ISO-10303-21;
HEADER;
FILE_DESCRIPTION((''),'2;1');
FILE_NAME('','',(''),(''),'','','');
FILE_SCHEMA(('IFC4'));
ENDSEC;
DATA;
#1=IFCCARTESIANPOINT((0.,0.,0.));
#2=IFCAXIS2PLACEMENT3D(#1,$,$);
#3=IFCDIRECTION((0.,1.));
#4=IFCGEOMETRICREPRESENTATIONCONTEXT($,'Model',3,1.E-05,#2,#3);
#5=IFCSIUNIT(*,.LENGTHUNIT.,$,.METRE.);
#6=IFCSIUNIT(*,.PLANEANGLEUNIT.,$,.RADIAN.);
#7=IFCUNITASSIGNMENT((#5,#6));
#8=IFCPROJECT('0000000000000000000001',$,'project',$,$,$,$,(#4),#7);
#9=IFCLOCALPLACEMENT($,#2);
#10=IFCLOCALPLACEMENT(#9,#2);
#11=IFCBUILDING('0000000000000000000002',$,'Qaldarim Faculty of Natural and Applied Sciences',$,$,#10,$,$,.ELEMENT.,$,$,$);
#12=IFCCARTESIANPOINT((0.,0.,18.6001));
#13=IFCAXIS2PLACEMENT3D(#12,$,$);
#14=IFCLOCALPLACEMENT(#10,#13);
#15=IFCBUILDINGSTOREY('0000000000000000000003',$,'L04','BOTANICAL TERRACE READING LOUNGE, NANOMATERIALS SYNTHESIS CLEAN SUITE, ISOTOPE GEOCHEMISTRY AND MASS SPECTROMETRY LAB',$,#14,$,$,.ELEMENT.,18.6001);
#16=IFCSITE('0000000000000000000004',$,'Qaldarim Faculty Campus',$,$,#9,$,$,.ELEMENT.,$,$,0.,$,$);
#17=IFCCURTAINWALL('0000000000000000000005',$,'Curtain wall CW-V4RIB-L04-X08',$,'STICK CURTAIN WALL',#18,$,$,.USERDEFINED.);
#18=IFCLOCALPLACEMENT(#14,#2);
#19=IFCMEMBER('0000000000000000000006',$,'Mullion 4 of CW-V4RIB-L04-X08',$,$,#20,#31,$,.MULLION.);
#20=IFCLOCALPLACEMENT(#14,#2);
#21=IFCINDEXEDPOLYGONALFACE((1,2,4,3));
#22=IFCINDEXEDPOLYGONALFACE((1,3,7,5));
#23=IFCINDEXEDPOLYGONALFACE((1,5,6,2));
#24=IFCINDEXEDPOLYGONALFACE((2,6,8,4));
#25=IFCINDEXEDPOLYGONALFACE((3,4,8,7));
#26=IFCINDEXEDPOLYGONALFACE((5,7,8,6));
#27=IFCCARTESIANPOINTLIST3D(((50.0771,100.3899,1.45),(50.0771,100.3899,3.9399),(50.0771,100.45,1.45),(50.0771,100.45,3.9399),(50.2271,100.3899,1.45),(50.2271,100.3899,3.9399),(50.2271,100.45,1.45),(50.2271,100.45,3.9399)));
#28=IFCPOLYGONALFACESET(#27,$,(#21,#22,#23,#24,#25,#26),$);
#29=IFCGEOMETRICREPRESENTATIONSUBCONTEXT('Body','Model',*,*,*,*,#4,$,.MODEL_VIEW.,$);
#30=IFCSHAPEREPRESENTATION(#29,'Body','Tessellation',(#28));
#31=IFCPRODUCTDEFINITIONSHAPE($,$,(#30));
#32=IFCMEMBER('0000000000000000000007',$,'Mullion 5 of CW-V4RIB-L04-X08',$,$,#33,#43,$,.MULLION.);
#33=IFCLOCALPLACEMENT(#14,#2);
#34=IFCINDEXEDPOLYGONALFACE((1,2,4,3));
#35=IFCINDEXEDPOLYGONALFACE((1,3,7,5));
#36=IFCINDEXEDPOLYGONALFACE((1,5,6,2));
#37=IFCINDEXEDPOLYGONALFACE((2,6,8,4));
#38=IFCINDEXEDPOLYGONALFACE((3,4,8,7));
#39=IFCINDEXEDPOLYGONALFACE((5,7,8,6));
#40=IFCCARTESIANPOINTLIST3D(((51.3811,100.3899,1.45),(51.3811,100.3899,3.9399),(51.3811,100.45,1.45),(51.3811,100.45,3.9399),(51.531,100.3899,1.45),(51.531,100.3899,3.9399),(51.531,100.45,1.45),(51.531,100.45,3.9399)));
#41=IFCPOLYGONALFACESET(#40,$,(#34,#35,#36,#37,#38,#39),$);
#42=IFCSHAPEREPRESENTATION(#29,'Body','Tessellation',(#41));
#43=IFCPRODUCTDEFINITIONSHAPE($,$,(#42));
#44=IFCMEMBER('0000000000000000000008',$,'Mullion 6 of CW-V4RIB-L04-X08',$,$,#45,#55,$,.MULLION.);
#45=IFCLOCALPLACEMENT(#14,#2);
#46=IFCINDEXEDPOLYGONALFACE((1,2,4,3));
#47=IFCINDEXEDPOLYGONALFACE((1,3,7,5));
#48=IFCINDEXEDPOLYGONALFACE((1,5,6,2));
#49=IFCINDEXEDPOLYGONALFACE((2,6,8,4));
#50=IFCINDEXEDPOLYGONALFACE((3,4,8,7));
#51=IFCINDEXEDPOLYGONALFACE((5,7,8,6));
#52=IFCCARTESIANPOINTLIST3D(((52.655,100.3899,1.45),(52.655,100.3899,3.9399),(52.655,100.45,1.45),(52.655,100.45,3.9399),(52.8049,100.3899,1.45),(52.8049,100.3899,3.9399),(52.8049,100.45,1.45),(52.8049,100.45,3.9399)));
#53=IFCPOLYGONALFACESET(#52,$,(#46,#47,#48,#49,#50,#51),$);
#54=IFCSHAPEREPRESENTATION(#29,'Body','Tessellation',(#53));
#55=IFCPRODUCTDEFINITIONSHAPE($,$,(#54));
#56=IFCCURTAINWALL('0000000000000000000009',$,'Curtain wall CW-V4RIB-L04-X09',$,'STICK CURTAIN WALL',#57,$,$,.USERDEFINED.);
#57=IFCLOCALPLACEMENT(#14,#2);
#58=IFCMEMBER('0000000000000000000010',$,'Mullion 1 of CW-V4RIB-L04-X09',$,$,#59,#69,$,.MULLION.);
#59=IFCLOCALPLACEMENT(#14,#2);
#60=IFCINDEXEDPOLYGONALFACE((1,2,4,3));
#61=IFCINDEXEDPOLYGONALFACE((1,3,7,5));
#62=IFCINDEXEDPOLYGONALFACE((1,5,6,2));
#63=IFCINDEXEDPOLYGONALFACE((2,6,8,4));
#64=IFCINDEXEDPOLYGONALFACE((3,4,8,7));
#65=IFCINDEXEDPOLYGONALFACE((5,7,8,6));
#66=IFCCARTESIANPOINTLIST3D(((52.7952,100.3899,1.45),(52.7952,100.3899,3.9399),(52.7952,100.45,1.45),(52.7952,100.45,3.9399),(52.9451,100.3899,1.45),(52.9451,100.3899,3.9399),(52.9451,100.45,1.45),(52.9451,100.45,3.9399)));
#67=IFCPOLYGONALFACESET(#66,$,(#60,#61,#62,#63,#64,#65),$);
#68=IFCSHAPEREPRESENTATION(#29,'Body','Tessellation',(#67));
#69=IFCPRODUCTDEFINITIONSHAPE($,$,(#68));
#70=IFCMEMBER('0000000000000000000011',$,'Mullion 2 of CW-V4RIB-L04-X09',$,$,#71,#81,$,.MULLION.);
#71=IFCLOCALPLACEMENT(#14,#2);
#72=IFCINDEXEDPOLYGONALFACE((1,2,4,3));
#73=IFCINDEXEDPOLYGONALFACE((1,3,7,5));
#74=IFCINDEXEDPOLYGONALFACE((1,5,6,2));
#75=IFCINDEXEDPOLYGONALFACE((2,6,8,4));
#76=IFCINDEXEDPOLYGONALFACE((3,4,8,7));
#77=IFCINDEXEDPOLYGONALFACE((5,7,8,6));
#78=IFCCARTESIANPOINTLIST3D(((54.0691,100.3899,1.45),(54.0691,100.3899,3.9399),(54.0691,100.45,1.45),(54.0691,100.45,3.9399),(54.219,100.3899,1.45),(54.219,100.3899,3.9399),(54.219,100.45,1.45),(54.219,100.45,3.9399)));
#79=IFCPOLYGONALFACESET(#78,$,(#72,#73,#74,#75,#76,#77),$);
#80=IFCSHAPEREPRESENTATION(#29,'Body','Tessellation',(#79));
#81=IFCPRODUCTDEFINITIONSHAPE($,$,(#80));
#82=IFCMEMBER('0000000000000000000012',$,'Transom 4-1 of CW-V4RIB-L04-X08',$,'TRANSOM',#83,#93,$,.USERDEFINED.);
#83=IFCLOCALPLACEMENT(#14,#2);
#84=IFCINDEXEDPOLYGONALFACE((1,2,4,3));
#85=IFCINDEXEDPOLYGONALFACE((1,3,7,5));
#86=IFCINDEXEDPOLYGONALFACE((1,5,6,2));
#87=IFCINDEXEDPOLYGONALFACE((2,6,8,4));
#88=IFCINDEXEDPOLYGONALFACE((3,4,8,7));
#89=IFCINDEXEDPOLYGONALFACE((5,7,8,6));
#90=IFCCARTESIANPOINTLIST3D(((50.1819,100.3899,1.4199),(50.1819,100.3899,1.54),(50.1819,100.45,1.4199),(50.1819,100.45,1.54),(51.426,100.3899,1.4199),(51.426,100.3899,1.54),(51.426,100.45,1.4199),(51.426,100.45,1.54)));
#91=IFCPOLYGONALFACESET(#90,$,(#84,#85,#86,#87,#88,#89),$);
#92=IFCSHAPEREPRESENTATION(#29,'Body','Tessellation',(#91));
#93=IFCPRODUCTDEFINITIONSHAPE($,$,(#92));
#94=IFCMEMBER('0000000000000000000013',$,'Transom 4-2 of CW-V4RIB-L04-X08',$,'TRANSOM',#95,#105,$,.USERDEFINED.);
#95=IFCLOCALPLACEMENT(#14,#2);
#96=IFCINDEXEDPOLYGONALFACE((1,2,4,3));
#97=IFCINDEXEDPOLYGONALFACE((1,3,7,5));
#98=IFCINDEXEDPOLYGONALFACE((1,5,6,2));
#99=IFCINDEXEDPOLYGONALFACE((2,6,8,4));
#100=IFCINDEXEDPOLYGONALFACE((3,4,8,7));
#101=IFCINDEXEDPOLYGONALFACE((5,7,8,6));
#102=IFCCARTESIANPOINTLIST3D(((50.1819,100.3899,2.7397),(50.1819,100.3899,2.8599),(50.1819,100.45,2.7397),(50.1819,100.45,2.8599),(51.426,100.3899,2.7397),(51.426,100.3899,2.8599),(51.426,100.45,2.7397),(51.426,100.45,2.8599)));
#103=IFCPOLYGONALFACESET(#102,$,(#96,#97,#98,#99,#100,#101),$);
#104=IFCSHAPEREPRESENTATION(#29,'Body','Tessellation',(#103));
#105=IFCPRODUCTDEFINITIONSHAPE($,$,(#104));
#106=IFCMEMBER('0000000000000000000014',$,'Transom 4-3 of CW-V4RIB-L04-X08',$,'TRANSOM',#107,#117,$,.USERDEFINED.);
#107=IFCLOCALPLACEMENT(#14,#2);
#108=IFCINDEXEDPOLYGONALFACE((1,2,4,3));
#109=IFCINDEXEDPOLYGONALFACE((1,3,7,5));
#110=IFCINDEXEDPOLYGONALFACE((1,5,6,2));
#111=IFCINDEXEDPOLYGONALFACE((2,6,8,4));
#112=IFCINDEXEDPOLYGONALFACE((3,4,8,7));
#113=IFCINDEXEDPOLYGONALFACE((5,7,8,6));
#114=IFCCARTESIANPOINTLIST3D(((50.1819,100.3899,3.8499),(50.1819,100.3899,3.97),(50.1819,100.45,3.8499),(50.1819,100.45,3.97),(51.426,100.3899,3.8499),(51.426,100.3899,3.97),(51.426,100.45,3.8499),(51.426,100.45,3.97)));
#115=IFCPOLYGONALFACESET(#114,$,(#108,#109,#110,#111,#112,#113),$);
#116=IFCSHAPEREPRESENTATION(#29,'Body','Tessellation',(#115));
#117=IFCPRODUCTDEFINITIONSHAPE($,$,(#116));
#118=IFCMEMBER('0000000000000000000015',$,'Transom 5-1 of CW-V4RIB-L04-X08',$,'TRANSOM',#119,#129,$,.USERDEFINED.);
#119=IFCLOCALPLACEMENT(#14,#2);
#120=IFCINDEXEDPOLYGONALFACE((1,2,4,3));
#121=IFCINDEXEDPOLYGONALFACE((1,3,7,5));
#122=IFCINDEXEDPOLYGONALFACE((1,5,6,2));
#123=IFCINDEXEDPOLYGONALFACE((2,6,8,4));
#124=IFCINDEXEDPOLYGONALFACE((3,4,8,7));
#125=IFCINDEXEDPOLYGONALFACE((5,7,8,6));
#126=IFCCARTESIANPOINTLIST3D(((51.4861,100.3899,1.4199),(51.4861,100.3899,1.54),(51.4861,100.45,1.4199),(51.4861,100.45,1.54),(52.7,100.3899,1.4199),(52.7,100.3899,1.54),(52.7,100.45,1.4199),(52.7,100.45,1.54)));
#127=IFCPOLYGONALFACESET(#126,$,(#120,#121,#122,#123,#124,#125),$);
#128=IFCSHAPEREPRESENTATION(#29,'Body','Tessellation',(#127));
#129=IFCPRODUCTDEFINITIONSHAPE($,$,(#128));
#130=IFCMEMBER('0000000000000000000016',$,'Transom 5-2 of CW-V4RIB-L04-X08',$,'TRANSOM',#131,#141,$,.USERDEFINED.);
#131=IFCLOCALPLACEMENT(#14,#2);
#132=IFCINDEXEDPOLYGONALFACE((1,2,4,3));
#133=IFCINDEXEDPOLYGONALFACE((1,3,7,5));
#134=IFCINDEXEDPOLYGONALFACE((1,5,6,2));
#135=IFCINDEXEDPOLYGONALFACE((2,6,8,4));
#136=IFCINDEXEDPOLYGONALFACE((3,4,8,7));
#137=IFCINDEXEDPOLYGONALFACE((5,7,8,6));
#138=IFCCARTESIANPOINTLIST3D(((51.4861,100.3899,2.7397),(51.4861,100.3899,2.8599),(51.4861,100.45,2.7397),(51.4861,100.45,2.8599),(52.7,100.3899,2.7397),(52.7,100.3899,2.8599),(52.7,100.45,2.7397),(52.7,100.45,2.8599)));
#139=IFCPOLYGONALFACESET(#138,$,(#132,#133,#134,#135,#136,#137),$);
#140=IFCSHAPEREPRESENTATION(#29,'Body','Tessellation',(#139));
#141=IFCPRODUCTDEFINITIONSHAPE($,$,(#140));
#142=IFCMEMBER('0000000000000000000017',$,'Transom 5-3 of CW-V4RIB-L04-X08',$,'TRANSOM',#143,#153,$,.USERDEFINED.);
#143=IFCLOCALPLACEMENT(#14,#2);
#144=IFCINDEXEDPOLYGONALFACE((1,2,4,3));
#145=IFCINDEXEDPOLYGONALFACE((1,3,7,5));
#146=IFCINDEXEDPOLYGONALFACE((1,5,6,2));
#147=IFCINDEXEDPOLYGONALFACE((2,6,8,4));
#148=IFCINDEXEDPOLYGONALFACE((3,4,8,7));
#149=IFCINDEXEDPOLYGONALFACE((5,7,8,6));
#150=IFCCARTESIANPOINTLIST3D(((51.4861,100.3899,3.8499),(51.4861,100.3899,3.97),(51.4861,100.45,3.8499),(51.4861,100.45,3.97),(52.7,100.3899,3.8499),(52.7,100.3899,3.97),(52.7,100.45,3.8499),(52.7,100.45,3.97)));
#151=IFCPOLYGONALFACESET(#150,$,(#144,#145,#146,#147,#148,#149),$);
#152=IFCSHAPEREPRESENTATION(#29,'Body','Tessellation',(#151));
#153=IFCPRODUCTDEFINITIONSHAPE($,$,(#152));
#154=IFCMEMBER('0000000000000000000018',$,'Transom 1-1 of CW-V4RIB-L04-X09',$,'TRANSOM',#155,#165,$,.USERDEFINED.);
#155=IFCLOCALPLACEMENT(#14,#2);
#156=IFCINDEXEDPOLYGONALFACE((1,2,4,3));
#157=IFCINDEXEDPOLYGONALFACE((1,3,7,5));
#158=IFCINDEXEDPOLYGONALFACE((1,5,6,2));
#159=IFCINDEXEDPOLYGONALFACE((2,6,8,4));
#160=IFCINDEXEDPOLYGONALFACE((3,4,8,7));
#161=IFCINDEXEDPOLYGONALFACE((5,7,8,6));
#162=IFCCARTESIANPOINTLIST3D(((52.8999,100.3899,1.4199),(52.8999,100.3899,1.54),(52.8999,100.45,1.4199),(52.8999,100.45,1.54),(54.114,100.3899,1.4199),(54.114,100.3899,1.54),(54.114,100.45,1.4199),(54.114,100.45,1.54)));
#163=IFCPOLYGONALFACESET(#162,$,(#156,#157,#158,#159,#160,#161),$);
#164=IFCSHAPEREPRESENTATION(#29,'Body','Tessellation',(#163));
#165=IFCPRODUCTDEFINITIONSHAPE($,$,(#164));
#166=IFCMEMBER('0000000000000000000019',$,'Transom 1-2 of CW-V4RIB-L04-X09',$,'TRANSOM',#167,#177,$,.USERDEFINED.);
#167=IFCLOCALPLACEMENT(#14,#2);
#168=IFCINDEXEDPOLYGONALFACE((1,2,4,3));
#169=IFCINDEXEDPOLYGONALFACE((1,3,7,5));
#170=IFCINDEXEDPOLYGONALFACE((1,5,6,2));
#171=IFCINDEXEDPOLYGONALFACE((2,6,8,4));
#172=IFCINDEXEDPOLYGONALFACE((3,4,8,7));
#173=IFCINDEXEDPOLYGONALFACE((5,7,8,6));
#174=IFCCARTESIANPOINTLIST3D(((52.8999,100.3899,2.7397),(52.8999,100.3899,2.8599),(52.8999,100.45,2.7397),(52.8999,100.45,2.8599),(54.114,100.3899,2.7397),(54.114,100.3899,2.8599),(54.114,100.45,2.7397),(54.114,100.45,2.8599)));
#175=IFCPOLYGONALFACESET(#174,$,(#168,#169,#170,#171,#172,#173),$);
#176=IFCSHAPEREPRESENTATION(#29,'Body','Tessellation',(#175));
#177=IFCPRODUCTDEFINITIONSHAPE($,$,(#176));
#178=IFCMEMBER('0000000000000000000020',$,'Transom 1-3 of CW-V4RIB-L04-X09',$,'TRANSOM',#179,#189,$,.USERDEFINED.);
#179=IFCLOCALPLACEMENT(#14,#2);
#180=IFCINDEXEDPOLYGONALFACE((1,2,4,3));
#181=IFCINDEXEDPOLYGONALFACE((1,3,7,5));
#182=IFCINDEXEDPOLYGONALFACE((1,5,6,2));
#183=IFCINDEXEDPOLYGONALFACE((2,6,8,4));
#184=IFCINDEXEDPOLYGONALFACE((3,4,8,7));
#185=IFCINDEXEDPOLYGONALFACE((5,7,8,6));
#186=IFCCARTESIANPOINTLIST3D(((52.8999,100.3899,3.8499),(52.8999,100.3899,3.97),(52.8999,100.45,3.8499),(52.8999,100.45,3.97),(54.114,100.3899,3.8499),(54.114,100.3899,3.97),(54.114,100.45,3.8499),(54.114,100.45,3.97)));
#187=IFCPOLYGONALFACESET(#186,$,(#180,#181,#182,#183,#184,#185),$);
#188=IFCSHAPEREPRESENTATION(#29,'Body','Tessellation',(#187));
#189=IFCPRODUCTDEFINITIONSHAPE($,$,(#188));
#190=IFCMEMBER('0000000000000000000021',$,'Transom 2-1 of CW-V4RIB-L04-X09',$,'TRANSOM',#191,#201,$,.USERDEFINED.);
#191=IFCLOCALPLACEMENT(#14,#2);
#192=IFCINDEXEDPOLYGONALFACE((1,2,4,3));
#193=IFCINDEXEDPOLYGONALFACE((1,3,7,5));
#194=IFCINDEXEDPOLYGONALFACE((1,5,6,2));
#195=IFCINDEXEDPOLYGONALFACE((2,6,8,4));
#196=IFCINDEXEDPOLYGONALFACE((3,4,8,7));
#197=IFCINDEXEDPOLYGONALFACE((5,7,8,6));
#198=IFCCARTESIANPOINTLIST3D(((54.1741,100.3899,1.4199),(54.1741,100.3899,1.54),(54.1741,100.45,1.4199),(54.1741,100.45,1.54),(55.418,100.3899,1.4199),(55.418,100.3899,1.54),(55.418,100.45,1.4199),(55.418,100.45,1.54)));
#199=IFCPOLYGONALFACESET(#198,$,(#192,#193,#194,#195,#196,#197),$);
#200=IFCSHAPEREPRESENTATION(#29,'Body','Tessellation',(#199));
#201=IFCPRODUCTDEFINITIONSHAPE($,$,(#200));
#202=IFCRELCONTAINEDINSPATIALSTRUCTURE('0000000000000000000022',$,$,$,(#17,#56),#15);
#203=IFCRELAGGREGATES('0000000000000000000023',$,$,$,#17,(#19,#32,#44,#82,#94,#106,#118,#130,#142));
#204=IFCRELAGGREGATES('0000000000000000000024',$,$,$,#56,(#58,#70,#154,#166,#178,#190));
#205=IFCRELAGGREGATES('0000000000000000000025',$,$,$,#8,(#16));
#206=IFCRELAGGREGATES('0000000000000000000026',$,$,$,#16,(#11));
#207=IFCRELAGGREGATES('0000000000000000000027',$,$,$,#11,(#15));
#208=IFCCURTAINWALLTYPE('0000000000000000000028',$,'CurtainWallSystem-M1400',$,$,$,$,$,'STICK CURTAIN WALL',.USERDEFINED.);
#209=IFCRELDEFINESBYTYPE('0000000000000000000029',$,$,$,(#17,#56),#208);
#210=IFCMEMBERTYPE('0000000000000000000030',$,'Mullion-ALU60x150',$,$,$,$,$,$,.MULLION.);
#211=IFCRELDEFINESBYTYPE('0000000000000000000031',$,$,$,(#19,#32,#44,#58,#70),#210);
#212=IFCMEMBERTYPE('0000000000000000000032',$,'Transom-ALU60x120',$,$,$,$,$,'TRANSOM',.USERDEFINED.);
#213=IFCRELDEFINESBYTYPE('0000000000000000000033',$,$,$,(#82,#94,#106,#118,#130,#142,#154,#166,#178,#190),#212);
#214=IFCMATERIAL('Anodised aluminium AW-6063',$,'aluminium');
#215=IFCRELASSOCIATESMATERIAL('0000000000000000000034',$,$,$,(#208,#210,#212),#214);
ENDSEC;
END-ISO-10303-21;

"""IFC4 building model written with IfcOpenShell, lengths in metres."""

from ifc_helpers import new_model, si_unit, direction, frame, origin, origin_2d, place, context, subcontext, project, spatial, rectangle, extrude, material, material_profile, profile_set, type_object, element, aggregate, save


model = new_model("IFC4")

# Units and contexts
model_context = context("Model", 3, precision=1e-05, world=origin(), true_north=direction((0.0, 1.0)))
body_context = subcontext(model_context, "Body", "Model", "MODEL_VIEW")
ifc_project = project(units=[si_unit("LENGTHUNIT", "METRE"), si_unit("PLANEANGLEUNIT", "RADIAN")], contexts=[model_context])

# Site, building, storey
site_placement = place(None, origin())
site = spatial("IfcSite", under=ifc_project, at=site_placement, Name="Qaldarim Faculty Campus", CompositionType="ELEMENT", RefElevation=0.0)
building_placement = place(site_placement, origin())
building = spatial("IfcBuilding", under=site, at=building_placement, Name="Qaldarim Faculty of Natural and Applied Sciences", CompositionType="ELEMENT")
storey_placement = place(building_placement, frame((0.0, 0.0, 18.6001)))
storey = spatial("IfcBuildingStorey", under=building, at=storey_placement, Name="L04", Description="BOTANICAL TERRACE READING LOUNGE, NANOMATERIALS SYNTHESIS CLEAN SUITE, ISOTOPE GEOCHEMISTRY AND MASS SPECTROMETRY LAB", CompositionType="ELEMENT", Elevation=18.6001)

# Curtain walls, members
ifc_material_1 = material(Name="Anodised aluminium AW-6063", Category="aluminium")
curtain_wall_type = type_object("IfcCurtainWallType", Name="CurtainWallSystem-M1400", ElementType="STICK CURTAIN WALL", PredefinedType="USERDEFINED", material=ifc_material_1)
curtain_wall_1_placement = place(storey_placement, origin())
curtain_wall_1 = element("IfcCurtainWall", 1, at=curtain_wall_1_placement, inside=storey, type_object=curtain_wall_type, Name="Curtain wall CW-V4RIB-L04-X08", ObjectType="STICK CURTAIN WALL", PredefinedType="USERDEFINED")
ifc_material_profile_1 = material_profile(ifc_material_1, rectangle(XDim=0.0601, YDim=0.1499, at=origin_2d()), Name="ALU-M60x150")
ifc_profile_set_1 = profile_set([ifc_material_profile_1], Name="Anodised aluminium AW-6063")
member_type_1 = type_object("IfcMemberType", Name="Mullion-ALU60x150", PredefinedType="MULLION", material=ifc_profile_set_1)
member_1_placement = place(storey_placement, frame((50.1521, 100.4199, 1.45), z_axis=(0.0, 0.0, 1.0), x_axis=(0.0, 1.0, 0.0)))
member_1 = element("IfcMember", 2, at=member_1_placement, type_object=member_type_1, Name="Mullion 4 of CW-V4RIB-L04-X08", PredefinedType="MULLION", context=body_context, shape_type="SweptSolid", body=[
    extrude(rectangle(XDim=0.0601, YDim=0.1499, at=origin_2d()), origin(), (0.0, 0.0, 1.0), 2.49),
])
member_2_placement = place(storey_placement, frame((51.4561, 100.4199, 1.45), z_axis=(0.0, 0.0, 1.0), x_axis=(0.0, 1.0, 0.0)))
member_2 = element("IfcMember", 3, at=member_2_placement, type_object=member_type_1, Name="Mullion 5 of CW-V4RIB-L04-X08", PredefinedType="MULLION", context=body_context, shape_type="SweptSolid", body=[
    extrude(rectangle(XDim=0.0601, YDim=0.1499, at=origin_2d()), origin(), (0.0, 0.0, 1.0), 2.49),
])
member_3_placement = place(storey_placement, frame((52.73, 100.4199, 1.45), z_axis=(0.0, 0.0, 1.0), x_axis=(0.0, 1.0, 0.0)))
member_3 = element("IfcMember", 4, at=member_3_placement, type_object=member_type_1, Name="Mullion 6 of CW-V4RIB-L04-X08", PredefinedType="MULLION", context=body_context, shape_type="SweptSolid", body=[
    extrude(rectangle(XDim=0.0601, YDim=0.1499, at=origin_2d()), origin(), (0.0, 0.0, 1.0), 2.49),
])
curtain_wall_2_placement = place(storey_placement, origin())
curtain_wall_2 = element("IfcCurtainWall", 5, at=curtain_wall_2_placement, inside=storey, type_object=curtain_wall_type, Name="Curtain wall CW-V4RIB-L04-X09", ObjectType="STICK CURTAIN WALL", PredefinedType="USERDEFINED")
member_4_placement = place(storey_placement, frame((52.8701, 100.4199, 1.45), z_axis=(0.0, 0.0, 1.0), x_axis=(0.0, 1.0, 0.0)))
member_4 = element("IfcMember", 6, at=member_4_placement, type_object=member_type_1, Name="Mullion 1 of CW-V4RIB-L04-X09", PredefinedType="MULLION", context=body_context, shape_type="SweptSolid", body=[
    extrude(rectangle(XDim=0.0601, YDim=0.1499, at=origin_2d()), origin(), (0.0, 0.0, 1.0), 2.49),
])
member_5_placement = place(storey_placement, frame((54.144, 100.4199, 1.45), z_axis=(0.0, 0.0, 1.0), x_axis=(0.0, 1.0, 0.0)))
member_5 = element("IfcMember", 7, at=member_5_placement, type_object=member_type_1, Name="Mullion 2 of CW-V4RIB-L04-X09", PredefinedType="MULLION", context=body_context, shape_type="SweptSolid", body=[
    extrude(rectangle(XDim=0.0601, YDim=0.1499, at=origin_2d()), origin(), (0.0, 0.0, 1.0), 2.49),
])

# Members
ifc_material_profile_2 = material_profile(ifc_material_1, rectangle(XDim=0.0601, YDim=0.1201, at=origin_2d()), Name="ALU-T60x120")
ifc_profile_set_2 = profile_set([ifc_material_profile_2], Name="Anodised aluminium AW-6063")
member_type_2 = type_object("IfcMemberType", Name="Transom-ALU60x120", ElementType="TRANSOM", PredefinedType="USERDEFINED", material=ifc_profile_set_2)
member_6_placement = place(storey_placement, frame((50.1819, 100.4199, 1.48), z_axis=(1.0, 0.0, 0.0), x_axis=(0.0, 1.0, 0.0)))
member_6 = element("IfcMember", 8, at=member_6_placement, type_object=member_type_2, Name="Transom 4-1 of CW-V4RIB-L04-X08", ObjectType="TRANSOM", PredefinedType="USERDEFINED", context=body_context, shape_type="SweptSolid", body=[
    extrude(rectangle(XDim=0.0601, YDim=0.1201, at=origin_2d()), origin(), (0.0, 0.0, 1.0), 1.2441),
])
member_7_placement = place(storey_placement, frame((50.1819, 100.4199, 2.7998), z_axis=(1.0, 0.0, 0.0), x_axis=(0.0, 1.0, 0.0)))
member_7 = element("IfcMember", 9, at=member_7_placement, type_object=member_type_2, Name="Transom 4-2 of CW-V4RIB-L04-X08", ObjectType="TRANSOM", PredefinedType="USERDEFINED", context=body_context, shape_type="SweptSolid", body=[
    extrude(rectangle(XDim=0.0601, YDim=0.1201, at=origin_2d()), origin(), (0.0, 0.0, 1.0), 1.2441),
])
member_8_placement = place(storey_placement, frame((50.1819, 100.4199, 3.9099), z_axis=(1.0, 0.0, 0.0), x_axis=(0.0, 1.0, 0.0)))
member_8 = element("IfcMember", 10, at=member_8_placement, type_object=member_type_2, Name="Transom 4-3 of CW-V4RIB-L04-X08", ObjectType="TRANSOM", PredefinedType="USERDEFINED", context=body_context, shape_type="SweptSolid", body=[
    extrude(rectangle(XDim=0.0601, YDim=0.1201, at=origin_2d()), origin(), (0.0, 0.0, 1.0), 1.2441),
])
member_9_placement = place(storey_placement, frame((51.4861, 100.4199, 1.48), z_axis=(1.0, 0.0, 0.0), x_axis=(0.0, 1.0, 0.0)))
member_9 = element("IfcMember", 11, at=member_9_placement, type_object=member_type_2, Name="Transom 5-1 of CW-V4RIB-L04-X08", ObjectType="TRANSOM", PredefinedType="USERDEFINED", context=body_context, shape_type="SweptSolid", body=[
    extrude(rectangle(XDim=0.0601, YDim=0.1201, at=origin_2d()), origin(), (0.0, 0.0, 1.0), 1.2139),
])
member_10_placement = place(storey_placement, frame((51.4861, 100.4199, 2.7998), z_axis=(1.0, 0.0, 0.0), x_axis=(0.0, 1.0, 0.0)))
member_10 = element("IfcMember", 12, at=member_10_placement, type_object=member_type_2, Name="Transom 5-2 of CW-V4RIB-L04-X08", ObjectType="TRANSOM", PredefinedType="USERDEFINED", context=body_context, shape_type="SweptSolid", body=[
    extrude(rectangle(XDim=0.0601, YDim=0.1201, at=origin_2d()), origin(), (0.0, 0.0, 1.0), 1.2139),
])
member_11_placement = place(storey_placement, frame((51.4861, 100.4199, 3.9099), z_axis=(1.0, 0.0, 0.0), x_axis=(0.0, 1.0, 0.0)))
member_11 = element("IfcMember", 13, at=member_11_placement, type_object=member_type_2, Name="Transom 5-3 of CW-V4RIB-L04-X08", ObjectType="TRANSOM", PredefinedType="USERDEFINED", context=body_context, shape_type="SweptSolid", body=[
    extrude(rectangle(XDim=0.0601, YDim=0.1201, at=origin_2d()), origin(), (0.0, 0.0, 1.0), 1.2139),
])
member_12_placement = place(storey_placement, frame((52.8999, 100.4199, 1.48), z_axis=(1.0, 0.0, 0.0), x_axis=(0.0, 1.0, 0.0)))
member_12 = element("IfcMember", 14, at=member_12_placement, type_object=member_type_2, Name="Transom 1-1 of CW-V4RIB-L04-X09", ObjectType="TRANSOM", PredefinedType="USERDEFINED", context=body_context, shape_type="SweptSolid", body=[
    extrude(rectangle(XDim=0.0601, YDim=0.1201, at=origin_2d()), origin(), (0.0, 0.0, 1.0), 1.2141),
])
member_13_placement = place(storey_placement, frame((52.8999, 100.4199, 2.7998), z_axis=(1.0, 0.0, 0.0), x_axis=(0.0, 1.0, 0.0)))
member_13 = element("IfcMember", 15, at=member_13_placement, type_object=member_type_2, Name="Transom 1-2 of CW-V4RIB-L04-X09", ObjectType="TRANSOM", PredefinedType="USERDEFINED", context=body_context, shape_type="SweptSolid", body=[
    extrude(rectangle(XDim=0.0601, YDim=0.1201, at=origin_2d()), origin(), (0.0, 0.0, 1.0), 1.2141),
])
member_14_placement = place(storey_placement, frame((52.8999, 100.4199, 3.9099), z_axis=(1.0, 0.0, 0.0), x_axis=(0.0, 1.0, 0.0)))
member_14 = element("IfcMember", 16, at=member_14_placement, type_object=member_type_2, Name="Transom 1-3 of CW-V4RIB-L04-X09", ObjectType="TRANSOM", PredefinedType="USERDEFINED", context=body_context, shape_type="SweptSolid", body=[
    extrude(rectangle(XDim=0.0601, YDim=0.1201, at=origin_2d()), origin(), (0.0, 0.0, 1.0), 1.2141),
])
member_15_placement = place(storey_placement, frame((54.1741, 100.4199, 1.48), z_axis=(1.0, 0.0, 0.0), x_axis=(0.0, 1.0, 0.0)))
member_15 = element("IfcMember", 17, at=member_15_placement, type_object=member_type_2, Name="Transom 2-1 of CW-V4RIB-L04-X09", ObjectType="TRANSOM", PredefinedType="USERDEFINED", context=body_context, shape_type="SweptSolid", body=[
    extrude(rectangle(XDim=0.0601, YDim=0.1201, at=origin_2d()), origin(), (0.0, 0.0, 1.0), 1.2439),
])

aggregate(curtain_wall_1, [member_1, member_2, member_3, member_6, member_7, member_8, member_9, member_10, member_11])
aggregate(curtain_wall_2, [member_4, member_5, member_12, member_13, member_14, member_15])

save(model, "model.ifc")
